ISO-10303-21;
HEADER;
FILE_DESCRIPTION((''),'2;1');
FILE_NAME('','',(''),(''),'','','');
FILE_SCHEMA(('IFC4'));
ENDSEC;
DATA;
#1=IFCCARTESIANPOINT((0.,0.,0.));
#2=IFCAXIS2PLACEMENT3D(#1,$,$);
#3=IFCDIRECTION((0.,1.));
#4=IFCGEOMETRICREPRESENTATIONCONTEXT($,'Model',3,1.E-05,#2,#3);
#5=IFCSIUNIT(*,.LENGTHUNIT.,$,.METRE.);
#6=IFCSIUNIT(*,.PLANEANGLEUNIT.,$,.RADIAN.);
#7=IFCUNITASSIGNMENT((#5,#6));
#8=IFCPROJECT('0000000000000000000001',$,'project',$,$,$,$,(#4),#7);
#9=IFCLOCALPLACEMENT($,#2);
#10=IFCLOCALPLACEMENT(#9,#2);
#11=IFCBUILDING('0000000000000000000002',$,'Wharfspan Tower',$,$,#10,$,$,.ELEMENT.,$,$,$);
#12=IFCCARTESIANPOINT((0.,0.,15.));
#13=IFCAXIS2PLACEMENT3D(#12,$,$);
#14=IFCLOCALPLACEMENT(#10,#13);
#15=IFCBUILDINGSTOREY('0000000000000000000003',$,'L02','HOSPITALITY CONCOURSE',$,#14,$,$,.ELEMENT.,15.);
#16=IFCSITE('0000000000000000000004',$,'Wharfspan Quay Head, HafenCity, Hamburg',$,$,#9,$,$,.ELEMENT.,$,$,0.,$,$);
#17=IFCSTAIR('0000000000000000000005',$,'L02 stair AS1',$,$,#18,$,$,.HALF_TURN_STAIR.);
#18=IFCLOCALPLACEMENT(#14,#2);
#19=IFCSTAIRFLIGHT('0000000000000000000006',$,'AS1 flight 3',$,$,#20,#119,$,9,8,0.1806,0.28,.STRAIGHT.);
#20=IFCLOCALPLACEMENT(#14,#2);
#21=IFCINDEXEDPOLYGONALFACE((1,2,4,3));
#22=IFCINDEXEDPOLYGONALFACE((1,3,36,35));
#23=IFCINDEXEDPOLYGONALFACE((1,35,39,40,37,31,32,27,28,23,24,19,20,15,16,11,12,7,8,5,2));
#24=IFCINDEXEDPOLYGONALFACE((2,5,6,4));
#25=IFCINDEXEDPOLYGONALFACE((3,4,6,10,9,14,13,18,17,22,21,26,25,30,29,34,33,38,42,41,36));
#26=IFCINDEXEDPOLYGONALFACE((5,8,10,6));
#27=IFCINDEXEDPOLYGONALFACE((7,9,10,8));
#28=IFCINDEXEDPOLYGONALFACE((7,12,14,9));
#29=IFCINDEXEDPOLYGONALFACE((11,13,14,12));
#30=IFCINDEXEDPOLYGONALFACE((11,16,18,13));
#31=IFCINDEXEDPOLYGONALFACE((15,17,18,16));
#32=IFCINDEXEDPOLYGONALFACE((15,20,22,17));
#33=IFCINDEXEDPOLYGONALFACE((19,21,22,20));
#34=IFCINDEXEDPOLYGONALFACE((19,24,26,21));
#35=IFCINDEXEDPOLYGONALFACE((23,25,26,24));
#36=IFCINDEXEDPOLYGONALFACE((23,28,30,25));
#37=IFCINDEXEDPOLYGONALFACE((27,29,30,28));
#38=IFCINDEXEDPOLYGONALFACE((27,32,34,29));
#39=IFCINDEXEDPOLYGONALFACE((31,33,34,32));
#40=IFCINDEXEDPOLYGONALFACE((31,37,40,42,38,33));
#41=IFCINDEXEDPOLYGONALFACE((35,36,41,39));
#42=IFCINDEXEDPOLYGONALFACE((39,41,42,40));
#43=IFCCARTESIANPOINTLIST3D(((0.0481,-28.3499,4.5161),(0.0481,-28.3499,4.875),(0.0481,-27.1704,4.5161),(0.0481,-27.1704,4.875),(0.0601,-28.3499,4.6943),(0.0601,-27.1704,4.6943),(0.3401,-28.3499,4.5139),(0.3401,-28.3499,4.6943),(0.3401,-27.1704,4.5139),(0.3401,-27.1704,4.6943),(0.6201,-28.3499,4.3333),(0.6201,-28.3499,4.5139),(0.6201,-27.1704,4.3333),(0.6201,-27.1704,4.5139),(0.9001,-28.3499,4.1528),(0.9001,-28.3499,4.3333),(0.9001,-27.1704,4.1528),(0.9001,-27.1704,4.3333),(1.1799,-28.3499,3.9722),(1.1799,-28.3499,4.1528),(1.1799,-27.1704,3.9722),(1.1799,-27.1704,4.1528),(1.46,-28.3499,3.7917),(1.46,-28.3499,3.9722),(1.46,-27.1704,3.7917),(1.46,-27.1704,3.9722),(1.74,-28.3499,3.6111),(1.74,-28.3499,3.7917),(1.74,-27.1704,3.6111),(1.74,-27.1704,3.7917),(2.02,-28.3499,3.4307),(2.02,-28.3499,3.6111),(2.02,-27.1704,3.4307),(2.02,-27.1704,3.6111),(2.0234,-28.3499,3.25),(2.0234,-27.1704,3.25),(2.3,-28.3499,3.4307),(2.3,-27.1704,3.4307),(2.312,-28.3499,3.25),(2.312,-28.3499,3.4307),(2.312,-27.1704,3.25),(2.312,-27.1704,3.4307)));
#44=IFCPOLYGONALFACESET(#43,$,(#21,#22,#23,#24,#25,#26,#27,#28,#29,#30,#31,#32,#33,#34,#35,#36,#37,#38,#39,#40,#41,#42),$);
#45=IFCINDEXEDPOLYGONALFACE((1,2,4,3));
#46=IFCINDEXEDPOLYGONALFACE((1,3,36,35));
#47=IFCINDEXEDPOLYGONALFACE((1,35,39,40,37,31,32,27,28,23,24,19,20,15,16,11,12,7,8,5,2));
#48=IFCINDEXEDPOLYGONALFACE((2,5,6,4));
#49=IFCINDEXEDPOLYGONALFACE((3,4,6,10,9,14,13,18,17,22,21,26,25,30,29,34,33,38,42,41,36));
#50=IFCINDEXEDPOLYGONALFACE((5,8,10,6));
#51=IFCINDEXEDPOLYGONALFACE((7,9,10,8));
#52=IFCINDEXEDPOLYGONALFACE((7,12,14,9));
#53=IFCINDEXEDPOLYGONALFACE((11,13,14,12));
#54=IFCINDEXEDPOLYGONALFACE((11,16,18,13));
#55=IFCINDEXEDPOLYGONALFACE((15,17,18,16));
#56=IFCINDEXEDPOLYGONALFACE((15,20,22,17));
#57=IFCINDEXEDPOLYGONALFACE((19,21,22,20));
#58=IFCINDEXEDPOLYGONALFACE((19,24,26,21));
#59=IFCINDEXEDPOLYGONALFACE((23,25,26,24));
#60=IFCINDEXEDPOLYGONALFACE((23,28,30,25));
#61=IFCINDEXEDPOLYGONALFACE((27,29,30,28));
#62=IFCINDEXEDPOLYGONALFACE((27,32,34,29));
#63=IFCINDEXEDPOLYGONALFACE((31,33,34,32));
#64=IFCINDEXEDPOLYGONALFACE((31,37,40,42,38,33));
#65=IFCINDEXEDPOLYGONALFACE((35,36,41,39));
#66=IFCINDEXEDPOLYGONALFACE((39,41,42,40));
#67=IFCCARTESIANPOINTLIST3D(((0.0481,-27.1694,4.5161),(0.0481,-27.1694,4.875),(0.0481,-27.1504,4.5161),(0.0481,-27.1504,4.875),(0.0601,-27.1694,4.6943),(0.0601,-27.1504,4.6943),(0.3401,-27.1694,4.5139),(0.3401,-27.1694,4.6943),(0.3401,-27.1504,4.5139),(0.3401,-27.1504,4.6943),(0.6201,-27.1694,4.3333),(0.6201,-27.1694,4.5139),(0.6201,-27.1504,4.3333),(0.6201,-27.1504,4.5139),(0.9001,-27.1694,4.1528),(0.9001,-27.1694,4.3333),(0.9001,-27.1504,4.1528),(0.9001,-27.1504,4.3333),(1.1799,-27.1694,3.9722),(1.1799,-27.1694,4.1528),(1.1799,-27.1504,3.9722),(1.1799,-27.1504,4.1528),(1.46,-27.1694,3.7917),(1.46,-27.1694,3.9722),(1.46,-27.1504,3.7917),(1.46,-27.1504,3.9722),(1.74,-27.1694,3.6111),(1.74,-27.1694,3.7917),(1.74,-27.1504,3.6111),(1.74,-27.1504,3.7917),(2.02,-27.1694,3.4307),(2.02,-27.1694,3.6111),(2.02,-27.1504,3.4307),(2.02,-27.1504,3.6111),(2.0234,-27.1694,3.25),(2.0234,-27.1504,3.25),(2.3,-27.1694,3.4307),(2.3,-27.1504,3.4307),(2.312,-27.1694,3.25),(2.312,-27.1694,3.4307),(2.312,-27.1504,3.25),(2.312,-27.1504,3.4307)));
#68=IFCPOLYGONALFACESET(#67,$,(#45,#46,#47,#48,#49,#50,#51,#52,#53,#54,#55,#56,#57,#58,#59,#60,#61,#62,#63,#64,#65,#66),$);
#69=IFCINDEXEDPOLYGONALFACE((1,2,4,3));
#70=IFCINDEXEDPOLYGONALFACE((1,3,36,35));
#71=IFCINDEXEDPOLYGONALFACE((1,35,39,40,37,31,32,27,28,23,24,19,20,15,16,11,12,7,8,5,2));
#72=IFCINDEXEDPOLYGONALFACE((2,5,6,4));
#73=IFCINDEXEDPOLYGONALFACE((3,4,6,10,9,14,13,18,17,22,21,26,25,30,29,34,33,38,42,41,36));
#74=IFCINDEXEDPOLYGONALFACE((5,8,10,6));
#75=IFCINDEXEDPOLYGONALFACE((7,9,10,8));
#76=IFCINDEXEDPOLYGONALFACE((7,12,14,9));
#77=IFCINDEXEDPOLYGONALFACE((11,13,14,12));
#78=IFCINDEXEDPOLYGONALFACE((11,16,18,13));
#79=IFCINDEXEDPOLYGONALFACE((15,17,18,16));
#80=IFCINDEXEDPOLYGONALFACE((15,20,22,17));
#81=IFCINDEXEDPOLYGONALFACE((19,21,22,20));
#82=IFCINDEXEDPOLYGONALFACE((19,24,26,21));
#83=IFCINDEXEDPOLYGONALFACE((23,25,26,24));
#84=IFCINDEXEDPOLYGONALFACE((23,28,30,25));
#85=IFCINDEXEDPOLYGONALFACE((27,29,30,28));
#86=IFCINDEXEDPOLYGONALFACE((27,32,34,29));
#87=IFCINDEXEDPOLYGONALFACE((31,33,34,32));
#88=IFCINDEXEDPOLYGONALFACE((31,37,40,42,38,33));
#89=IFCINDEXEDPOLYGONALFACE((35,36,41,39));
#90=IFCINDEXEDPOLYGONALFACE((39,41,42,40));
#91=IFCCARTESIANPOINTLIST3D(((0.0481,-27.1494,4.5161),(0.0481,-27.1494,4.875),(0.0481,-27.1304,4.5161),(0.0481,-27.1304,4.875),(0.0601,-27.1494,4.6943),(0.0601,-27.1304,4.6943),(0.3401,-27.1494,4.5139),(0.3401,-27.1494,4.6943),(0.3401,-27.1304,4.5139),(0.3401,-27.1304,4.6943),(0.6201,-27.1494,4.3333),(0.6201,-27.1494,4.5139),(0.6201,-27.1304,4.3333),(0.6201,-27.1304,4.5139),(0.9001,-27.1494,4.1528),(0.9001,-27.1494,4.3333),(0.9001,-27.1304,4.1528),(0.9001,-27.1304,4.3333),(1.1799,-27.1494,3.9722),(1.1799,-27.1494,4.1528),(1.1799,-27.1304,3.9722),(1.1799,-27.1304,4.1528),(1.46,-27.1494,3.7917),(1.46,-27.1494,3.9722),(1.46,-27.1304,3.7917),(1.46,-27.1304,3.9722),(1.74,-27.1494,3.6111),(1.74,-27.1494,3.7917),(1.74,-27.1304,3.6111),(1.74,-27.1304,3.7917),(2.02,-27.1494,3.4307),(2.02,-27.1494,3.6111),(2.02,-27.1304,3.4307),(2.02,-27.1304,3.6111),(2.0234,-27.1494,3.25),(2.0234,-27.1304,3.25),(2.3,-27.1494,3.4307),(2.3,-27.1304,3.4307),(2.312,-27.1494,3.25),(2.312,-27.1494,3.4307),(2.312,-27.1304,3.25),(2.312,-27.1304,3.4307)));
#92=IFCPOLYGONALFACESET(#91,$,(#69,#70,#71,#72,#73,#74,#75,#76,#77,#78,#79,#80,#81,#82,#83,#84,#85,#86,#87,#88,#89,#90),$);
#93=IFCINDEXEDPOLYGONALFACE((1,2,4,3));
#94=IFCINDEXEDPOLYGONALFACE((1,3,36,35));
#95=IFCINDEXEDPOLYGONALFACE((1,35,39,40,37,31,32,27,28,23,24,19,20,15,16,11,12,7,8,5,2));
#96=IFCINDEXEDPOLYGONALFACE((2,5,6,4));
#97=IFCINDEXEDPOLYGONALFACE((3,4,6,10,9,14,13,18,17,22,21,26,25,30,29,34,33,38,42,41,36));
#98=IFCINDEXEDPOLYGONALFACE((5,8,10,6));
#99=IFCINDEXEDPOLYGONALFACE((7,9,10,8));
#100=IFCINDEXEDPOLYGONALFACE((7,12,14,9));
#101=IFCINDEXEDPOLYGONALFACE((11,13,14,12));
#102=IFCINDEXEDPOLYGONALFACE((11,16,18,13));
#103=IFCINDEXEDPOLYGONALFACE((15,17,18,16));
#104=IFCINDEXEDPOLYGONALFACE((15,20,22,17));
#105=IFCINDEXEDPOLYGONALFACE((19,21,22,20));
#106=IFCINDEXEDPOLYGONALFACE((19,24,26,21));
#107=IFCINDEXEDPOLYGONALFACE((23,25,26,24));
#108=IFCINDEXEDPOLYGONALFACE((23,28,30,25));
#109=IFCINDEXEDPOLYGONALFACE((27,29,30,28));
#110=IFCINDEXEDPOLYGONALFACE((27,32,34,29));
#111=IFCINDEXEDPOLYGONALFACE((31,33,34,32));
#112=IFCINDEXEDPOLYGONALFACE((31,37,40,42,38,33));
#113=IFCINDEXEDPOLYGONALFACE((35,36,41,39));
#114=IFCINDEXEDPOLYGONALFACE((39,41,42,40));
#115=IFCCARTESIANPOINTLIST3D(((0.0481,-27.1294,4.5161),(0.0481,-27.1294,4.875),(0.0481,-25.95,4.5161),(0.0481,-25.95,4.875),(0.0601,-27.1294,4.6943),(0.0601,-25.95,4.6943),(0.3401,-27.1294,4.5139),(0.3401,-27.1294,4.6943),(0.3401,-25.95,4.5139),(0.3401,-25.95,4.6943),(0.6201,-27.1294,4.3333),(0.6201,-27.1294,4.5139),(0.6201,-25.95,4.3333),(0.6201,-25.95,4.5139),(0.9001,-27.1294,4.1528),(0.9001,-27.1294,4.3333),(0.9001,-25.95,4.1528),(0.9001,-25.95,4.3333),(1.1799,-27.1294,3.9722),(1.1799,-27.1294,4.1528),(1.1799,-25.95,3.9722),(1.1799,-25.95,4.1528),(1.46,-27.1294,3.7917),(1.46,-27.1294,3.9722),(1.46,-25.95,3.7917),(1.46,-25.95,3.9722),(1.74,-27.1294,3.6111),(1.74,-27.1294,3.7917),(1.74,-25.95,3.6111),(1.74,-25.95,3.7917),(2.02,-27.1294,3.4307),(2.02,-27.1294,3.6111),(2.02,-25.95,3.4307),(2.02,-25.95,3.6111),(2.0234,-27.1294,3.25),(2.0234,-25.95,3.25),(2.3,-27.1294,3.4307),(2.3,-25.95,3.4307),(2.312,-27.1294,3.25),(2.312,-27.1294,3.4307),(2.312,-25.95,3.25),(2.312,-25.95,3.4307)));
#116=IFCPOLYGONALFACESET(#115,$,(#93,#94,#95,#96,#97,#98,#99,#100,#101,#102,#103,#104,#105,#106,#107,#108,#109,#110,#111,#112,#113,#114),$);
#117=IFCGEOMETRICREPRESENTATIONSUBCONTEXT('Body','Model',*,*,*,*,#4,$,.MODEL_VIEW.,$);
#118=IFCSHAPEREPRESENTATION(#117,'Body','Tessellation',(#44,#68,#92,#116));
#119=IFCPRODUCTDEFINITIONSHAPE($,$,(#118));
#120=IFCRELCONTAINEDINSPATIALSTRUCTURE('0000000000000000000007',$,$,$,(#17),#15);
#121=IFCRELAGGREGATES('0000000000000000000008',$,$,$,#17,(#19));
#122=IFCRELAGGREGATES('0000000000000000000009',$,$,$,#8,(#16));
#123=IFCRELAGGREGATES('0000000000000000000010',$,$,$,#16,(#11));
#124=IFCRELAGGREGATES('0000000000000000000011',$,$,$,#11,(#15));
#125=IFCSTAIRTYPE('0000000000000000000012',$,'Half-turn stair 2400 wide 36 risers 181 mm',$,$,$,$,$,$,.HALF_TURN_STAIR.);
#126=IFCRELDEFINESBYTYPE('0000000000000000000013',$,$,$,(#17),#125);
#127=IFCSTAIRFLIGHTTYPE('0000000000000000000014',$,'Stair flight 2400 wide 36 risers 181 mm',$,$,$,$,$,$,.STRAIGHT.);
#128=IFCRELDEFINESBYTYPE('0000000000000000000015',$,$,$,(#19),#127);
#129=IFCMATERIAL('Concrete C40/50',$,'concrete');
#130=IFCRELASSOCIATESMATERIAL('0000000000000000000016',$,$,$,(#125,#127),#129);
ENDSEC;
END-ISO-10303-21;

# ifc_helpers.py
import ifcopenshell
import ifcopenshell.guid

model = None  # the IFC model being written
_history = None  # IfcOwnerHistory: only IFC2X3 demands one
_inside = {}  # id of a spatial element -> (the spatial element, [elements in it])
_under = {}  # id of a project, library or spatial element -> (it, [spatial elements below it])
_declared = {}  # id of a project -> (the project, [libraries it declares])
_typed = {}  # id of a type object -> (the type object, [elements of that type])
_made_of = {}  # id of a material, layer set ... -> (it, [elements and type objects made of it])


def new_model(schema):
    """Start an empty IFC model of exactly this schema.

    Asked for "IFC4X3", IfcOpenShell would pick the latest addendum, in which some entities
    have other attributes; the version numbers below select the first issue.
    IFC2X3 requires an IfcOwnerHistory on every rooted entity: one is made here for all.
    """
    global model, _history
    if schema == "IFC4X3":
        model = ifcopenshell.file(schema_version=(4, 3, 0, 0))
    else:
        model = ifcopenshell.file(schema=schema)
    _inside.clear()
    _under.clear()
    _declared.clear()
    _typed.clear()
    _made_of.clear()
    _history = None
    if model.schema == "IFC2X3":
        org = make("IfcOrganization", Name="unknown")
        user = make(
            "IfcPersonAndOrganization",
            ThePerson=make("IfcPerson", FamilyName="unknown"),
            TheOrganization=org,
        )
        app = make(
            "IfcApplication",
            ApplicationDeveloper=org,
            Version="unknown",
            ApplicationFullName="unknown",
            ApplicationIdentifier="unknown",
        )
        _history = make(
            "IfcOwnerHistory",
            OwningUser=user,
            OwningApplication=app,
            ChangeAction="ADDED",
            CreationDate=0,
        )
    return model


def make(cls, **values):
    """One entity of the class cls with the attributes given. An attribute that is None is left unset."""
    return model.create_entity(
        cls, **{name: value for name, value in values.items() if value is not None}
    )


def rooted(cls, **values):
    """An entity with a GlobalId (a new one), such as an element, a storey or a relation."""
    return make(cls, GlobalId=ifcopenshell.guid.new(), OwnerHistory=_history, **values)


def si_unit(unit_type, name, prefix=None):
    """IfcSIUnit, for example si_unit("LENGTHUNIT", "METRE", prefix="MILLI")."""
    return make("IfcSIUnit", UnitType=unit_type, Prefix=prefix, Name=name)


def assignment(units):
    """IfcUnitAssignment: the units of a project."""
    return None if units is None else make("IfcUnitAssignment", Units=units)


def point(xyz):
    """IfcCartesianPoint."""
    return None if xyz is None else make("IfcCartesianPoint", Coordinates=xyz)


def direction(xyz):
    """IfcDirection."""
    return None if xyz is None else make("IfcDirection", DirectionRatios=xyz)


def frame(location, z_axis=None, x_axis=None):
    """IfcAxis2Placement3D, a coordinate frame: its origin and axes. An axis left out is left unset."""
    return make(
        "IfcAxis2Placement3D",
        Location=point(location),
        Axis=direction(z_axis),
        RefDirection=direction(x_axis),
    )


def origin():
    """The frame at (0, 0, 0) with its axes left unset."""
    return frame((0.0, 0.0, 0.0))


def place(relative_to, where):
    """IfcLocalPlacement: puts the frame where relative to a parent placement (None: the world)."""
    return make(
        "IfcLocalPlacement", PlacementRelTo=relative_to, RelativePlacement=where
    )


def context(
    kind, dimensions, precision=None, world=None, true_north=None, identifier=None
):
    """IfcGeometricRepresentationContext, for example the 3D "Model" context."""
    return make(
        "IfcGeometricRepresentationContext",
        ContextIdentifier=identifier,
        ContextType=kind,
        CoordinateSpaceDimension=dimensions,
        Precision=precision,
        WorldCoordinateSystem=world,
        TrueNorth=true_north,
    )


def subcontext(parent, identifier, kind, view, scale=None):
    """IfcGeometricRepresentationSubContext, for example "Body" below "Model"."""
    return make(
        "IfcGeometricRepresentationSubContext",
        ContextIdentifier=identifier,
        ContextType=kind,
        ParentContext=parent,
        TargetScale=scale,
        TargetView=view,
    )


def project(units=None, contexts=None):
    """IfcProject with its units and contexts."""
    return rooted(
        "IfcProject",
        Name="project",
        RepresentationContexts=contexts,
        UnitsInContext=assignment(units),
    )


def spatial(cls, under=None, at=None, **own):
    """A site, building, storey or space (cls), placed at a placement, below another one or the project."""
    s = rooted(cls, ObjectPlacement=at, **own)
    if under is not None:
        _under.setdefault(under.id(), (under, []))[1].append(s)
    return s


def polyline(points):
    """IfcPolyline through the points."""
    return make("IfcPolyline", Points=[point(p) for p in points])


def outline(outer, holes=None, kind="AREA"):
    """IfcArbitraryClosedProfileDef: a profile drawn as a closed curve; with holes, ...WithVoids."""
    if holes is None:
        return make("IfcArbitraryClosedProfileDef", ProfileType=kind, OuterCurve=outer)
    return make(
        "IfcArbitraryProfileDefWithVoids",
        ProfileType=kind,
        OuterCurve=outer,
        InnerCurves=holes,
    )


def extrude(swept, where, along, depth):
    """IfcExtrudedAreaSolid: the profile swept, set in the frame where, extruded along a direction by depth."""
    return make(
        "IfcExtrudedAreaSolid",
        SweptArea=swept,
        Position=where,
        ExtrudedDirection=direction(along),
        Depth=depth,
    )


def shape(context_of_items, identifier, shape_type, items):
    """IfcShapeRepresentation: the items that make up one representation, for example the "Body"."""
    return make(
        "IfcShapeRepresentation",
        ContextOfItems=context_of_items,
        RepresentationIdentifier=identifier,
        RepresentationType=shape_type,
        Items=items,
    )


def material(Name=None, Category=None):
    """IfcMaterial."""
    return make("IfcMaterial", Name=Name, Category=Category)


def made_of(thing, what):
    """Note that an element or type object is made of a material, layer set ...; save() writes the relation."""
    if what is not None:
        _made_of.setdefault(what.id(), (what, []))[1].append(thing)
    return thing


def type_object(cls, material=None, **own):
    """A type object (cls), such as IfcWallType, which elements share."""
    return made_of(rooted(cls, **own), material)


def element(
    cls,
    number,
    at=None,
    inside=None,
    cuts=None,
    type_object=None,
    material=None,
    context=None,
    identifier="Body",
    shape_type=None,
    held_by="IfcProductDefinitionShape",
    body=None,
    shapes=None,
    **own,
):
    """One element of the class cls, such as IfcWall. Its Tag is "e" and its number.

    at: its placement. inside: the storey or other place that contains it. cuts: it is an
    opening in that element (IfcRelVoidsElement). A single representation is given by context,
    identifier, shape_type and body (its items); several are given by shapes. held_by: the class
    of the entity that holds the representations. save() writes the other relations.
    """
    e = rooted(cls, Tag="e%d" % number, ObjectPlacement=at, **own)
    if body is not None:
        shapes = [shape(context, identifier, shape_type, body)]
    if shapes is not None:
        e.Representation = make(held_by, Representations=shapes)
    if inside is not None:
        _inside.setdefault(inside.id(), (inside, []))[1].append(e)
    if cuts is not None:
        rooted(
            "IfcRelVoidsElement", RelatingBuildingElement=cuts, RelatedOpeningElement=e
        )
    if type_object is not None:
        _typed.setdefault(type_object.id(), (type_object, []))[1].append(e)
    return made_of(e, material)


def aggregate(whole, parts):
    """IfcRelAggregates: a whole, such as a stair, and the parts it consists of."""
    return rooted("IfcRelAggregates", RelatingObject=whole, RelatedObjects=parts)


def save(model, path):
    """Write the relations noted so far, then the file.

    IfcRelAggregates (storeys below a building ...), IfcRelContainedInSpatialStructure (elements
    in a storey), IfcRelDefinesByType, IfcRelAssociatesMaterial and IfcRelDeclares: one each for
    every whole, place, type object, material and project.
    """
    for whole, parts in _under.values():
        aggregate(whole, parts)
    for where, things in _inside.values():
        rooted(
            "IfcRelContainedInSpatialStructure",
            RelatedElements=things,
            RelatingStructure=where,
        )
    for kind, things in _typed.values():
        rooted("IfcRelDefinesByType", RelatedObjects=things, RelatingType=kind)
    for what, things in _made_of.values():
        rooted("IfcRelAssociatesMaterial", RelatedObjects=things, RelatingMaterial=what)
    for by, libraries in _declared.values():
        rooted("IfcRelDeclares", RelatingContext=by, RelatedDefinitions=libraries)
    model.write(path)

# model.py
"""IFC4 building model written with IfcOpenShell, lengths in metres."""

from ifc_helpers import new_model, si_unit, direction, frame, origin, place, context, subcontext, project, spatial, polyline, outline, extrude, material, type_object, element, aggregate, save


model = new_model("IFC4")

# Units and contexts
model_context = context("Model", 3, precision=1e-05, world=origin(), true_north=direction((0.0, 1.0)))
body_context = subcontext(model_context, "Body", "Model", "MODEL_VIEW")
ifc_project = project(units=[si_unit("LENGTHUNIT", "METRE"), si_unit("PLANEANGLEUNIT", "RADIAN")], contexts=[model_context])

# Site, building, storey
site_placement = place(None, origin())
site = spatial("IfcSite", under=ifc_project, at=site_placement, Name="Wharfspan Quay Head, HafenCity, Hamburg", CompositionType="ELEMENT", RefElevation=0.0)
building_placement = place(site_placement, origin())
building = spatial("IfcBuilding", under=site, at=building_placement, Name="Wharfspan Tower", CompositionType="ELEMENT")
storey_placement = place(building_placement, frame((0.0, 0.0, 15.0)))
storey = spatial("IfcBuildingStorey", under=building, at=storey_placement, Name="L02", Description="HOSPITALITY CONCOURSE", CompositionType="ELEMENT", Elevation=15.0)

# Shared definitions
ifc_material_1 = material(Name="Concrete C40/50", Category="concrete")
stair_type = type_object("IfcStairType", Name="Half-turn stair 2400 wide 36 risers 181 mm", PredefinedType="HALF_TURN_STAIR", material=ifc_material_1)

# Stair, stair flight
stair_1_placement = place(storey_placement, origin())
stair_1 = element("IfcStair", 1, at=stair_1_placement, inside=storey, type_object=stair_type, Name="L02 stair AS1", PredefinedType="HALF_TURN_STAIR")
stair_flight_type = type_object("IfcStairFlightType", Name="Stair flight 2400 wide 36 risers 181 mm", PredefinedType="STRAIGHT", material=ifc_material_1)
stair_flight_1_placement = place(storey_placement, frame((2.3, -27.1499, 3.25), z_axis=(0.0, 0.0, 1.0), x_axis=(-1.0, 0.0, 0.0)))
stair_flight_1 = element("IfcStairFlight", 2, at=stair_flight_1_placement, type_object=stair_flight_type, Name="AS1 flight 3", NumberOfRisers=9, NumberOfTreads=8, PredefinedType="STRAIGHT", RiserHeight=0.1806, TreadLength=0.28, context=body_context, shape_type="SweptSolid", body=[
    extrude(outline(polyline([(-0.012, 0.0), (-0.012, 0.1807), (0.0, 0.1807), (0.28, 0.1807), (0.28, 0.3611), (0.5601, 0.3611), (0.5601, 0.5417), (0.8401, 0.5417), (0.8401, 0.7222), (1.1201, 0.7222), (1.1201, 0.9028), (1.3999, 0.9028), (1.3999, 1.0833), (1.6799, 1.0833), (1.6799, 1.2639), (1.96, 1.2639), (1.96, 1.4443), (2.24, 1.4443), (2.252, 1.625), (2.252, 1.2661), (0.2766, 0.0), (-0.012, 0.0)])), frame((0.0, 1.2, 0.0), z_axis=(0.0, -1.0, 0.0), x_axis=(1.0, 0.0, 0.0)), (0.0, 0.0, 1.0), 1.1794),
    extrude(outline(polyline([(-0.012, 0.0), (-0.012, 0.1807), (0.0, 0.1807), (0.28, 0.1807), (0.28, 0.3611), (0.5601, 0.3611), (0.5601, 0.5417), (0.8401, 0.5417), (0.8401, 0.7222), (1.1201, 0.7222), (1.1201, 0.9028), (1.3999, 0.9028), (1.3999, 1.0833), (1.6799, 1.0833), (1.6799, 1.2639), (1.96, 1.2639), (1.96, 1.4443), (2.24, 1.4443), (2.252, 1.625), (2.252, 1.2661), (0.2766, 0.0), (-0.012, 0.0)])), frame((0.0, 0.0195, 0.0), z_axis=(0.0, -1.0, 0.0), x_axis=(1.0, 0.0, 0.0)), (0.0, 0.0, 1.0), 0.019),
    extrude(outline(polyline([(-0.012, 0.0), (-0.012, 0.1807), (0.0, 0.1807), (0.28, 0.1807), (0.28, 0.3611), (0.5601, 0.3611), (0.5601, 0.5417), (0.8401, 0.5417), (0.8401, 0.7222), (1.1201, 0.7222), (1.1201, 0.9028), (1.3999, 0.9028), (1.3999, 1.0833), (1.6799, 1.0833), (1.6799, 1.2639), (1.96, 1.2639), (1.96, 1.4443), (2.24, 1.4443), (2.252, 1.625), (2.252, 1.2661), (0.2766, 0.0), (-0.012, 0.0)])), frame((0.0, -0.0005, 0.0), z_axis=(0.0, -1.0, 0.0), x_axis=(1.0, 0.0, 0.0)), (0.0, 0.0, 1.0), 0.019),
    extrude(outline(polyline([(-0.012, 0.0), (-0.012, 0.1807), (0.0, 0.1807), (0.28, 0.1807), (0.28, 0.3611), (0.5601, 0.3611), (0.5601, 0.5417), (0.8401, 0.5417), (0.8401, 0.7222), (1.1201, 0.7222), (1.1201, 0.9028), (1.3999, 0.9028), (1.3999, 1.0833), (1.6799, 1.0833), (1.6799, 1.2639), (1.96, 1.2639), (1.96, 1.4443), (2.24, 1.4443), (2.252, 1.625), (2.252, 1.2661), (0.2766, 0.0), (-0.012, 0.0)])), frame((0.0, -0.0205, 0.0), z_axis=(0.0, -1.0, 0.0), x_axis=(1.0, 0.0, 0.0)), (0.0, 0.0, 1.0), 1.1794),
])
aggregate(stair_1, [stair_flight_1])

save(model, "model.ifc")
